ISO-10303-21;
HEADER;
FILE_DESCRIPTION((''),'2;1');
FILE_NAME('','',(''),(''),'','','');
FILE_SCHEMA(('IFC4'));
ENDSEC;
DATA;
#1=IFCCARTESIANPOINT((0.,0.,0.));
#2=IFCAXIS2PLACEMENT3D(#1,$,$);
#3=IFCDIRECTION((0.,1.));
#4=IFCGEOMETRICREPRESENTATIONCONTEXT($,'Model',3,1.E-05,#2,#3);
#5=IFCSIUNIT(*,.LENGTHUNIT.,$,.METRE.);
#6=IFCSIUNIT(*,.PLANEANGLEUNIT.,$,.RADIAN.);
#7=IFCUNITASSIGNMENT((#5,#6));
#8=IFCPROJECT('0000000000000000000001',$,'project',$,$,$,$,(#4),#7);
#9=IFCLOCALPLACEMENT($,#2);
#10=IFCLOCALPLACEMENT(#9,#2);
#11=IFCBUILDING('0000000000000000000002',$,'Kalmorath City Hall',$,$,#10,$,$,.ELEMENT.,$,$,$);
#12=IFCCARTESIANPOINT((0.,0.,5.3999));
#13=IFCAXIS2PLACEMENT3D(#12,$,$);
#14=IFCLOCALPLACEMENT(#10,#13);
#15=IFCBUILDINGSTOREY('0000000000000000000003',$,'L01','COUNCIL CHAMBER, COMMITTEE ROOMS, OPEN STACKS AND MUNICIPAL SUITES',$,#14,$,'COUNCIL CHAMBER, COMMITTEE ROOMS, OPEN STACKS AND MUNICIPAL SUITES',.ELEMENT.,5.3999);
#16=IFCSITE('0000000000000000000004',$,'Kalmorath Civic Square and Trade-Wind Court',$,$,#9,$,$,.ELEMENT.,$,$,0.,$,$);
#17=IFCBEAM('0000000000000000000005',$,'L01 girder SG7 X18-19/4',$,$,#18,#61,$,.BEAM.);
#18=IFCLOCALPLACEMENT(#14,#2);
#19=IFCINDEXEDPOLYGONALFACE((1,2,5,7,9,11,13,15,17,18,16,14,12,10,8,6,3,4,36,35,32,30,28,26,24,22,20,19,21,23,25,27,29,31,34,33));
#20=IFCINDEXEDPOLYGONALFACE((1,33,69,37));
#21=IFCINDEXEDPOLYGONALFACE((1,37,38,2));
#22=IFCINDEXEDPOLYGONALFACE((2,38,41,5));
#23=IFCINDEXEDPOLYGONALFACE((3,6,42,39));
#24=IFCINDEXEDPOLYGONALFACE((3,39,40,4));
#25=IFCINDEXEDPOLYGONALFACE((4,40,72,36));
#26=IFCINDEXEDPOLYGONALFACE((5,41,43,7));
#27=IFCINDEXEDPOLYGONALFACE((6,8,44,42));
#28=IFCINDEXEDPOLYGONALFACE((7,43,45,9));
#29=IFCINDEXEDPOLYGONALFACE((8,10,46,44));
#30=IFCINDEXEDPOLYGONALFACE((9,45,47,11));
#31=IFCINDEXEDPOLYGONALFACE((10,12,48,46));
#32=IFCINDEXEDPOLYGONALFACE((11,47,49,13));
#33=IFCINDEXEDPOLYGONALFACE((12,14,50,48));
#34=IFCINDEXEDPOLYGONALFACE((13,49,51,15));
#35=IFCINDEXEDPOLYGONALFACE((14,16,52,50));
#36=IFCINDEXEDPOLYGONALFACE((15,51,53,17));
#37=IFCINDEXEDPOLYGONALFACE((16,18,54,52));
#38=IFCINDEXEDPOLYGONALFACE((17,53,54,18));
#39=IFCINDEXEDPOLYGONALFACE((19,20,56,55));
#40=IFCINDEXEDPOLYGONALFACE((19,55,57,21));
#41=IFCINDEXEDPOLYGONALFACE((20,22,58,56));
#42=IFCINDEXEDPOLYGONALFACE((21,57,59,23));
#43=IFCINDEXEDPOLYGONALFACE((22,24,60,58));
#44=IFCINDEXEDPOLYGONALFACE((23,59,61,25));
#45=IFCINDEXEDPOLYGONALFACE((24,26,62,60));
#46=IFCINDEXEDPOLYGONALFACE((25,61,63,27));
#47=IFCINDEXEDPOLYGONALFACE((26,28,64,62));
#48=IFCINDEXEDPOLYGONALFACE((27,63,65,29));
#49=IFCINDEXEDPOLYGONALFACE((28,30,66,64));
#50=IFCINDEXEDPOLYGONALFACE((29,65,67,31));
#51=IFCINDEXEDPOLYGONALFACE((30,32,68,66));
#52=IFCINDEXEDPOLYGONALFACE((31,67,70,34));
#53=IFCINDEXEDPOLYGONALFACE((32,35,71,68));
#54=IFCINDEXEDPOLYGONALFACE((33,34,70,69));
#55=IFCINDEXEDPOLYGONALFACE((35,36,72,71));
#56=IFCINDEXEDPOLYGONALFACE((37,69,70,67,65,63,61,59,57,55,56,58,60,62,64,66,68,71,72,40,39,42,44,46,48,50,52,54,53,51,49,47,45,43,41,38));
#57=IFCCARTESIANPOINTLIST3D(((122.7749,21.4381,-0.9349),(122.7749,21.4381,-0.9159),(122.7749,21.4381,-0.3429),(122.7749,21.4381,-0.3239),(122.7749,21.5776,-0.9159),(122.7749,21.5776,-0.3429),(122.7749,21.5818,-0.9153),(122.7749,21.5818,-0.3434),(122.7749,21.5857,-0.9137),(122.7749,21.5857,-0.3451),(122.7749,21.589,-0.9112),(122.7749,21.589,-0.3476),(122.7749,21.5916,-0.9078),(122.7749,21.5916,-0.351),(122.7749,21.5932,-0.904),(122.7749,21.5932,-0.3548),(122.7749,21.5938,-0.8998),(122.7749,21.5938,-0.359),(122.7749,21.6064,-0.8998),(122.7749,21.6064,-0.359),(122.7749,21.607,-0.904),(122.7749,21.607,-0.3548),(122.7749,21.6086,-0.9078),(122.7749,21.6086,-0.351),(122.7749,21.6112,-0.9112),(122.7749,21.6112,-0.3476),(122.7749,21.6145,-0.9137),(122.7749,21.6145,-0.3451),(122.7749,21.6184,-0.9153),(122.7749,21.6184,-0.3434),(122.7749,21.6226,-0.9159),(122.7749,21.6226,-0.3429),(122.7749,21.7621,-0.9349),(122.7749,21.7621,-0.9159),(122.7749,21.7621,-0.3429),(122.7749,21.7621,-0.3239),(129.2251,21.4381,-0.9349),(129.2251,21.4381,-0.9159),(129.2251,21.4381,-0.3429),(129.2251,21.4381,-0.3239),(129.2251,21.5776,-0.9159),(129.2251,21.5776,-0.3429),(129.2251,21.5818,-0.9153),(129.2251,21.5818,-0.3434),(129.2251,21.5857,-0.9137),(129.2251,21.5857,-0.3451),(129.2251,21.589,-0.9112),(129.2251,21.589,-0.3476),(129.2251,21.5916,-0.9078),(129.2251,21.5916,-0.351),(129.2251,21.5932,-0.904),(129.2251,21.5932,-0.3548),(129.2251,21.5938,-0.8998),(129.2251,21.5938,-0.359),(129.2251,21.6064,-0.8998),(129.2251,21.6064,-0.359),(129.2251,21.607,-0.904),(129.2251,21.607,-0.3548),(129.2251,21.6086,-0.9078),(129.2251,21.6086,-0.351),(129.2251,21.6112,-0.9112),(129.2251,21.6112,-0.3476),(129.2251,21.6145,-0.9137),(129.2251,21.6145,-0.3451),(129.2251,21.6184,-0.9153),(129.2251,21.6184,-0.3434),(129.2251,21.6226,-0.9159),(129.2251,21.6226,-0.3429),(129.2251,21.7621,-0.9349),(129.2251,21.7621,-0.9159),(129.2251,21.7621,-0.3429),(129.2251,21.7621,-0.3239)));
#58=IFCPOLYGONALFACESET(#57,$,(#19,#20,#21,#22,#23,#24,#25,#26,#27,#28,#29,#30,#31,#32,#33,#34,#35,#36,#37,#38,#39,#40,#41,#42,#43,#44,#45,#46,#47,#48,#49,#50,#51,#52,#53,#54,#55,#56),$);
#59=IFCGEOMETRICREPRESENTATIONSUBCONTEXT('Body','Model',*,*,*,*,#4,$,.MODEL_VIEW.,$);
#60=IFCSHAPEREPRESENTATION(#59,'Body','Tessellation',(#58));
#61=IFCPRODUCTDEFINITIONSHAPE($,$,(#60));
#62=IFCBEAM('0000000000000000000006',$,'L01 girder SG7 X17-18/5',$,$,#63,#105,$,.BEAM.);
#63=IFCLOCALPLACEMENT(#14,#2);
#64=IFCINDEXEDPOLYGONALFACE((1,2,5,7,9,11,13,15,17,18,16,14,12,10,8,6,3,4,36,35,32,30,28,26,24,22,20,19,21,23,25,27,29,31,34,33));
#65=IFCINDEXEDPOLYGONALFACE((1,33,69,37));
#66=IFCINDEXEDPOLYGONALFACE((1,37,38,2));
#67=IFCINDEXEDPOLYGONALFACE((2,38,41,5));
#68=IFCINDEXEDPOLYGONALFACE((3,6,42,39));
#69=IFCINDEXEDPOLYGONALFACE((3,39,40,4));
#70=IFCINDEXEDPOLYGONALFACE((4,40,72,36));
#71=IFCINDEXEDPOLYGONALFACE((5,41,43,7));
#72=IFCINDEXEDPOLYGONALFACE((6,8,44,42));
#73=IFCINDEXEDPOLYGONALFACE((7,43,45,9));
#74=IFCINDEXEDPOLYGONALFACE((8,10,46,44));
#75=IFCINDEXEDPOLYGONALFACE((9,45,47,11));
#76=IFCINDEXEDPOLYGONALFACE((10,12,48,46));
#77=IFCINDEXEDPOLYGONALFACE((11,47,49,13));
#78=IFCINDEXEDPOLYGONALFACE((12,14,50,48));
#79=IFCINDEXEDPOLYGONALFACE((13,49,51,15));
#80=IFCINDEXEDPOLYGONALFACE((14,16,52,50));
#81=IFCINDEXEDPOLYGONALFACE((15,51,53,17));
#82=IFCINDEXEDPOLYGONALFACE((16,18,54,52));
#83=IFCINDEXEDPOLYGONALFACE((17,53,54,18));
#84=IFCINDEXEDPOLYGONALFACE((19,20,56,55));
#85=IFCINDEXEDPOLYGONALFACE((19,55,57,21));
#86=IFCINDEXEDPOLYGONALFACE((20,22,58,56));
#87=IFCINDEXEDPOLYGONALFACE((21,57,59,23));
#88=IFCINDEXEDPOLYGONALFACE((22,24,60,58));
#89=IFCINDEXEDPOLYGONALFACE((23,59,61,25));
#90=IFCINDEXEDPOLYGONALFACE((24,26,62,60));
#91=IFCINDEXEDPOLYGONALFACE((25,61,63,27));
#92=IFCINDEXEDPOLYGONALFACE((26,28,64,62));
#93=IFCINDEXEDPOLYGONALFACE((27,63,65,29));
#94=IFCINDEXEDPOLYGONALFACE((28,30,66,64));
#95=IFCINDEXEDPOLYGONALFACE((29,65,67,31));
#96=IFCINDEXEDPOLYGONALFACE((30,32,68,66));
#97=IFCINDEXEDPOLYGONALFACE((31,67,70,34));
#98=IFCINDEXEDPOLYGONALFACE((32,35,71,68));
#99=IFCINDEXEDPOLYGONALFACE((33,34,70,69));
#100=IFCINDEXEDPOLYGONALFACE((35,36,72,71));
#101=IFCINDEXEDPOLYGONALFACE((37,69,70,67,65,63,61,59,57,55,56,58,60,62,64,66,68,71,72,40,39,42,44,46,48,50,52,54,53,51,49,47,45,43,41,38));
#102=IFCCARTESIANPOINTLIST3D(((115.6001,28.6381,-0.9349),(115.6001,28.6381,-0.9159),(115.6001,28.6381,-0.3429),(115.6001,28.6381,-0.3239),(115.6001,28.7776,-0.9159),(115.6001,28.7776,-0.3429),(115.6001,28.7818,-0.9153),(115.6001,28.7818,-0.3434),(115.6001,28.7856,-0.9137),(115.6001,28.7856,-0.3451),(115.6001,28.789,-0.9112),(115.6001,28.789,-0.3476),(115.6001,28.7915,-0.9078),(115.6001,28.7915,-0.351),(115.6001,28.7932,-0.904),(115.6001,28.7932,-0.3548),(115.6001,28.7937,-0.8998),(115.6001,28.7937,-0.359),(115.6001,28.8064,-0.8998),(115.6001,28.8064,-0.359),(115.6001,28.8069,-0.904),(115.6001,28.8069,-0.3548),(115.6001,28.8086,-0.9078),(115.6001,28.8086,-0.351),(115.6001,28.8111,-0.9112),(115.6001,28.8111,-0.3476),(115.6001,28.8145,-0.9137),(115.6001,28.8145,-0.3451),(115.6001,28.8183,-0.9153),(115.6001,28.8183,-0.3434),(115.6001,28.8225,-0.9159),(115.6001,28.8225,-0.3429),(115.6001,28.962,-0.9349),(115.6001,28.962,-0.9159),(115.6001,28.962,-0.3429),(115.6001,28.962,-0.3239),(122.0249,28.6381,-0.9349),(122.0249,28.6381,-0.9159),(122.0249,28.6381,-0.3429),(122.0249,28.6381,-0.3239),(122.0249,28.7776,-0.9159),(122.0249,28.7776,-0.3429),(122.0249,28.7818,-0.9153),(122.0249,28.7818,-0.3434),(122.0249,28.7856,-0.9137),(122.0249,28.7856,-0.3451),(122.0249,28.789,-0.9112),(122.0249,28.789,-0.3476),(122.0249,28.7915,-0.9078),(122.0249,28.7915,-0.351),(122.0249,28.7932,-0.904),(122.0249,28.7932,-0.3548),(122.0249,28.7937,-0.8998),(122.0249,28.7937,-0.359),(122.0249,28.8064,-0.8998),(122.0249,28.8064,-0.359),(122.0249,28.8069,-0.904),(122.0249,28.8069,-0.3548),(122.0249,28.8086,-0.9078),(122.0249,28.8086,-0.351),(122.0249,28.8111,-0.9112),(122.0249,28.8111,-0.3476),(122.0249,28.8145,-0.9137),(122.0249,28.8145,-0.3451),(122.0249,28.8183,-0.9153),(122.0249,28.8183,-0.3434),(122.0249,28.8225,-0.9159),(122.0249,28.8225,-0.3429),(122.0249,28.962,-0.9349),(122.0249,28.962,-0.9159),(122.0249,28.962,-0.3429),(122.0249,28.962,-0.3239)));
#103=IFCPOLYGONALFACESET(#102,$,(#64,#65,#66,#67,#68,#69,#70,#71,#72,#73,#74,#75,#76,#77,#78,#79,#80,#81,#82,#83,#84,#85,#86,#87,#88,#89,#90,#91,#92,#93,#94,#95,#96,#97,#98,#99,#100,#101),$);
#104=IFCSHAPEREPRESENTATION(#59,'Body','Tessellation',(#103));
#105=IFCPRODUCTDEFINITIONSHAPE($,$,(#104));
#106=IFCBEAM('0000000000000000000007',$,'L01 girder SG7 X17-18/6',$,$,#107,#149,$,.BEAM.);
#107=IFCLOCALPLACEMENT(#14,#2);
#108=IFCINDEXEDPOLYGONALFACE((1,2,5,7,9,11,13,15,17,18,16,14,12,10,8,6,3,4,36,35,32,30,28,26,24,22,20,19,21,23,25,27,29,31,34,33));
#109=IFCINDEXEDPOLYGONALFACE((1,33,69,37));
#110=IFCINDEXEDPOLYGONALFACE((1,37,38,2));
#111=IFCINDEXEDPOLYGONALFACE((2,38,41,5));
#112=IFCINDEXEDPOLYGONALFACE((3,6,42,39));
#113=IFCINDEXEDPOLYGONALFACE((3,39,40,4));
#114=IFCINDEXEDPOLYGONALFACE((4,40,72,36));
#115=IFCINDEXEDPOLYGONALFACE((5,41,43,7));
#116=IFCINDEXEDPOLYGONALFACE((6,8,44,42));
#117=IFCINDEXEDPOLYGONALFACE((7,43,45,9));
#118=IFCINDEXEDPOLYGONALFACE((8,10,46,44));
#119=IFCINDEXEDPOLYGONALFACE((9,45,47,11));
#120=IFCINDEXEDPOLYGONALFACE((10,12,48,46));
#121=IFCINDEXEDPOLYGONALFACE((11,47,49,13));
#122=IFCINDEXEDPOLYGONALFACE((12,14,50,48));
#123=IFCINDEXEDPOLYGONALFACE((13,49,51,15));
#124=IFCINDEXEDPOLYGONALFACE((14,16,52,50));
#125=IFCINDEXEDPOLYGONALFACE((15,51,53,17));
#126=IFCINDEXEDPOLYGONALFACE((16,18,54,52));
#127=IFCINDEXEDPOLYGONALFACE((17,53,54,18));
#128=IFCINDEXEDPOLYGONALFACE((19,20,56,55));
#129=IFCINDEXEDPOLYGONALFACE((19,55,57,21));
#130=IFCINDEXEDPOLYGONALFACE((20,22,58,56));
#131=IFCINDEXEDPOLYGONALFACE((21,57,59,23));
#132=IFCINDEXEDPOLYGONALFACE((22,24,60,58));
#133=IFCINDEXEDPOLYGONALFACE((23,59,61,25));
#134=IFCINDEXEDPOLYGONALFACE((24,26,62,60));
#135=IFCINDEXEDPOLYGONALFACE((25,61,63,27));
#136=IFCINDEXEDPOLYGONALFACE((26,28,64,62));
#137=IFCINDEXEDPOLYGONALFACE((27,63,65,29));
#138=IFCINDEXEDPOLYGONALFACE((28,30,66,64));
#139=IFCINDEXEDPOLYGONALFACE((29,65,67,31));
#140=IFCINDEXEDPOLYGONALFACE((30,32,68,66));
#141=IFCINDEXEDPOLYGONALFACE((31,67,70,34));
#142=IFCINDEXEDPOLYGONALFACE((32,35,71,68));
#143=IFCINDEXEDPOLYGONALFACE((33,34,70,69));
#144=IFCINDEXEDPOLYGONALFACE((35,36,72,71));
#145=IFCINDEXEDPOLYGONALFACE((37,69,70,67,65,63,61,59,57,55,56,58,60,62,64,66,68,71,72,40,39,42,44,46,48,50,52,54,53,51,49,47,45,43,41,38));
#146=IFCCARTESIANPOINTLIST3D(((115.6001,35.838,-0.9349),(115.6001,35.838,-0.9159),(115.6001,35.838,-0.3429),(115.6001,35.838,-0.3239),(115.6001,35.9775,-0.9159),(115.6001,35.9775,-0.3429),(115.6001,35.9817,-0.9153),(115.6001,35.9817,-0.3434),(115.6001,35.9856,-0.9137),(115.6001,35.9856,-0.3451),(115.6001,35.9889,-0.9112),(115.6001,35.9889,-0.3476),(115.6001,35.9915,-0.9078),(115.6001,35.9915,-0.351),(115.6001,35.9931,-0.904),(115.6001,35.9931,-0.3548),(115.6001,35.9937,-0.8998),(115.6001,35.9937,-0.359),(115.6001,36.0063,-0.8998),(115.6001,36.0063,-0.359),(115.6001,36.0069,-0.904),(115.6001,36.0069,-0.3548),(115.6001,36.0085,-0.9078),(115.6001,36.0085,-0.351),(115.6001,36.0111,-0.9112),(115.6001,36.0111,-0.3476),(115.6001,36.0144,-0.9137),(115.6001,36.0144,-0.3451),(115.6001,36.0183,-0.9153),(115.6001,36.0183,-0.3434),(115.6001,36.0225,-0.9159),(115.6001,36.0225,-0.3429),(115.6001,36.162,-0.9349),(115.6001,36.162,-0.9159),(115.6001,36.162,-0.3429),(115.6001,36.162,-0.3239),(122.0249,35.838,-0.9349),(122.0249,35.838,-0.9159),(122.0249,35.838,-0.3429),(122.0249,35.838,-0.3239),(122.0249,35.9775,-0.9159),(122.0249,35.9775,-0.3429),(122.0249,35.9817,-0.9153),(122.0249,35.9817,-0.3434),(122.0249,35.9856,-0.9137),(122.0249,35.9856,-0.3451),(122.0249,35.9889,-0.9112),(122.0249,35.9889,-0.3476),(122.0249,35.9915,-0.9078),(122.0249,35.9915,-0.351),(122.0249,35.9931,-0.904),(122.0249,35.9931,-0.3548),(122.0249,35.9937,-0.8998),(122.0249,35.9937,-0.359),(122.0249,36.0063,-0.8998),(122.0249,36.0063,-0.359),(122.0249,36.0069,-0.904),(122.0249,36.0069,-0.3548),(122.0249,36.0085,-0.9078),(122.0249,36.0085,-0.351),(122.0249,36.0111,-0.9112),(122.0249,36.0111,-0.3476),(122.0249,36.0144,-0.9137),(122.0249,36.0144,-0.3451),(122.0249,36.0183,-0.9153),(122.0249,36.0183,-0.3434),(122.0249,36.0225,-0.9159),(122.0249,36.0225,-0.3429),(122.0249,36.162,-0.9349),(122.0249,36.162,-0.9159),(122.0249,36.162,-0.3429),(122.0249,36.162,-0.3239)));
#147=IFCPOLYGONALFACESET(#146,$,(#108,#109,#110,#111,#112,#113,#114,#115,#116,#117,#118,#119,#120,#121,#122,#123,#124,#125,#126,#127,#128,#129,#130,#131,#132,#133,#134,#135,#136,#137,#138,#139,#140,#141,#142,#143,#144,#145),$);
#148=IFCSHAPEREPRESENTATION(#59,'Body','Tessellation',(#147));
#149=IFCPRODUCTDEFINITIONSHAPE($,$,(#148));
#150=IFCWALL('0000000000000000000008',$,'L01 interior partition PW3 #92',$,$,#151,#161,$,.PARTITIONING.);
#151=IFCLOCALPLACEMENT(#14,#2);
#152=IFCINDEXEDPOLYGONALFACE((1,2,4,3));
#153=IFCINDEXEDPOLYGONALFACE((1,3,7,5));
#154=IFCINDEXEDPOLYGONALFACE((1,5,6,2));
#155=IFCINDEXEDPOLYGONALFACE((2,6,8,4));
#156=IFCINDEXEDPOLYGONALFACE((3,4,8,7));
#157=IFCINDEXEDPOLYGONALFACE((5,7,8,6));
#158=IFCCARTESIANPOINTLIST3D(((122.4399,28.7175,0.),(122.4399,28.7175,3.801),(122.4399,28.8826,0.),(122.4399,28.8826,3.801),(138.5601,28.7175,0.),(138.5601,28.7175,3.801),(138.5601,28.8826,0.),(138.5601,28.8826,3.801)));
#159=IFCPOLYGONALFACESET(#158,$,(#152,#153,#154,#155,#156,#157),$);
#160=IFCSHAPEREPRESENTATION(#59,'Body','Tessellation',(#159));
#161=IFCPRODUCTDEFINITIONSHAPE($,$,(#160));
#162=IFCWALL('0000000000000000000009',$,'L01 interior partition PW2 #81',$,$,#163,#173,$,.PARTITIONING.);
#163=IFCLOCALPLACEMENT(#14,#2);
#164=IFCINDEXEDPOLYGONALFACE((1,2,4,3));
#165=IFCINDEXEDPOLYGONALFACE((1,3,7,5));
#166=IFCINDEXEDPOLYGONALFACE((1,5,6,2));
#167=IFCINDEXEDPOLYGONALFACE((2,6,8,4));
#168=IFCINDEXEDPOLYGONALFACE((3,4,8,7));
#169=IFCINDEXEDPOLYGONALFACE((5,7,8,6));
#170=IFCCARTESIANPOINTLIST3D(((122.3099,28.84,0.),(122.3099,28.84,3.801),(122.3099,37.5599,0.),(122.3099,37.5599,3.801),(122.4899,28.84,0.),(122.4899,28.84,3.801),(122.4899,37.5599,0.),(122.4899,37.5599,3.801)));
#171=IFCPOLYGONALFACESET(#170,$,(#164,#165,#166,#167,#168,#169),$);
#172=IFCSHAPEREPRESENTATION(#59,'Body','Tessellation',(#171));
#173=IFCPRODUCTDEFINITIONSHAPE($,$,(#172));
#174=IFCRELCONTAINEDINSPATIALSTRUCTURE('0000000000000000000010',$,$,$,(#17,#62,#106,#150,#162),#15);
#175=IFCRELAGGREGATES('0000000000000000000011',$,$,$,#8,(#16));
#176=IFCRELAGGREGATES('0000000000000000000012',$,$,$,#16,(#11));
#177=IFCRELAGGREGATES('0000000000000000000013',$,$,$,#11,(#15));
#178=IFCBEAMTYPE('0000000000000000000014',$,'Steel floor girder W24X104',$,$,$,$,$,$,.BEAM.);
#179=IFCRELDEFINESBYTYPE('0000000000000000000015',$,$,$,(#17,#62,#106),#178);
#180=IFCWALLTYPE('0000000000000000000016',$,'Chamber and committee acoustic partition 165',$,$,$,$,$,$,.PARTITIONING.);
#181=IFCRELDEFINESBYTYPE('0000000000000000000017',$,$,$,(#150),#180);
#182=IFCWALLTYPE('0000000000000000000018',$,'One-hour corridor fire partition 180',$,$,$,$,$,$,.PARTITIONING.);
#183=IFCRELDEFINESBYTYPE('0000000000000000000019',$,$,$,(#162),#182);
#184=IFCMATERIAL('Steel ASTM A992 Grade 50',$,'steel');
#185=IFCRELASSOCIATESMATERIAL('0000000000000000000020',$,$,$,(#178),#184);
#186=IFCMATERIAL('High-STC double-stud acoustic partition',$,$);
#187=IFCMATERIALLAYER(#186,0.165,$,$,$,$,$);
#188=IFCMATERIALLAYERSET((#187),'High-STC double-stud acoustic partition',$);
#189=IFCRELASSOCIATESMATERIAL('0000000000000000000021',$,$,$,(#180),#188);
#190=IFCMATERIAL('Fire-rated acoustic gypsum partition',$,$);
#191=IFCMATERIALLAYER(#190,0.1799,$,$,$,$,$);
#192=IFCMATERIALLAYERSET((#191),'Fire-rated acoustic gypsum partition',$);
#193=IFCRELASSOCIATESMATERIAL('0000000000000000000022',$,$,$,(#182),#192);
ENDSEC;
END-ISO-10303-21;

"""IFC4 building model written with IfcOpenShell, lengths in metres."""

from ifc_helpers import new_model, si_unit, direction, frame, frame_2d, origin, origin_2d, place, context, subcontext, project, spatial, rectangle, i_section, extrude, material, layer, layer_set, material_profile, profile_set, type_object, element, save


model = new_model("IFC4")

# Units and contexts
model_context = context("Model", 3, precision=1e-05, world=origin(), true_north=direction((0.0, 1.0)))
body_context = subcontext(model_context, "Body", "Model", "MODEL_VIEW")
ifc_project = project(units=[si_unit("LENGTHUNIT", "METRE"), si_unit("PLANEANGLEUNIT", "RADIAN")], contexts=[model_context])

# Site, building, storey
site_placement = place(None, origin())
site = spatial("IfcSite", under=ifc_project, at=site_placement, Name="Kalmorath Civic Square and Trade-Wind Court", CompositionType="ELEMENT", RefElevation=0.0)
building_placement = place(site_placement, origin())
building = spatial("IfcBuilding", under=site, at=building_placement, Name="Kalmorath City Hall", CompositionType="ELEMENT")
storey_placement = place(building_placement, frame((0.0, 0.0, 5.3999)))
storey = spatial("IfcBuildingStorey", under=building, at=storey_placement, Name="L01", Description="COUNCIL CHAMBER, COMMITTEE ROOMS, OPEN STACKS AND MUNICIPAL SUITES", LongName="COUNCIL CHAMBER, COMMITTEE ROOMS, OPEN STACKS AND MUNICIPAL SUITES", CompositionType="ELEMENT", Elevation=5.3999)

# Beams
ifc_material_1 = material(Name="Steel ASTM A992 Grade 50", Category="steel")
ifc_material_profile_1 = material_profile(ifc_material_1, i_section(OverallWidth=0.324, OverallDepth=0.6111, WebThickness=0.0127, FlangeThickness=0.019, FilletRadius=0.0161, at=origin_2d()), Name="W24X104")
ifc_profile_set_1 = profile_set([ifc_material_profile_1], Name="Steel ASTM A992 Grade 50")
beam_type_1 = type_object("IfcBeamType", Name="Steel floor girder W24X104", PredefinedType="BEAM", material=ifc_profile_set_1)
beam_1_placement = place(storey_placement, frame((122.7749, 21.6001, -0.6294), z_axis=(1.0, 0.0, 0.0), x_axis=(0.0, 1.0, 0.0)))
element("IfcBeam", 1, at=beam_1_placement, inside=storey, type_object=beam_type_1, Name="L01 girder SG7 X18-19/4", PredefinedType="BEAM", context=body_context, shape_type="SweptSolid", body=[
    extrude(i_section(OverallWidth=0.324, OverallDepth=0.6111, WebThickness=0.0127, FlangeThickness=0.019, FilletRadius=0.0161, at=origin_2d()), origin(), (0.0, 0.0, 1.0), 6.4502),
])
for number, where, z_axis, x_axis, name in (
    (2, (115.6001, 28.8, -0.6294), (1.0, 0.0, 0.0), (0.0, 1.0, 0.0), "L01 girder SG7 X17-18/5"),
    (3, (115.6001, 36.0, -0.6294), (1.0, 0.0, 0.0), (0.0, 1.0, 0.0), "L01 girder SG7 X17-18/6"),
):
    element("IfcBeam", number, at=place(storey_placement, frame(where, z_axis=z_axis, x_axis=x_axis)), inside=storey, type_object=beam_type_1, Name=name, PredefinedType="BEAM", context=body_context, shape_type="SweptSolid", body=[
        extrude(i_section(OverallWidth=0.324, OverallDepth=0.6111, WebThickness=0.0127, FlangeThickness=0.019, FilletRadius=0.0161, at=origin_2d()), origin(), (0.0, 0.0, 1.0), 6.4248),
    ])

# Walls
ifc_material_2 = material(Name="High-STC double-stud acoustic partition")
ifc_layer_1 = layer(ifc_material_2, 0.165)
ifc_layer_set_1 = layer_set([ifc_layer_1], Name="High-STC double-stud acoustic partition")
wall_type_1 = type_object("IfcWallType", Name="Chamber and committee acoustic partition 165", PredefinedType="PARTITIONING", material=ifc_layer_set_1)
wall_1_placement = place(storey_placement, frame((122.4399, 28.8, 0.0), z_axis=(0.0, 0.0, 1.0), x_axis=(1.0, 0.0, 0.0)))
element("IfcWall", 4, at=wall_1_placement, inside=storey, type_object=wall_type_1, Name="L01 interior partition PW3 #92", PredefinedType="PARTITIONING", context=body_context, shape_type="SweptSolid", body=[
    extrude(rectangle(XDim=16.1201, YDim=0.165, at=frame_2d((8.0601, 0.0))), origin(), (0.0, 0.0, 1.0), 3.801),
])
ifc_material_3 = material(Name="Fire-rated acoustic gypsum partition")
ifc_layer_2 = layer(ifc_material_3, 0.1799)
ifc_layer_set_2 = layer_set([ifc_layer_2], Name="Fire-rated acoustic gypsum partition")
wall_type_2 = type_object("IfcWallType", Name="One-hour corridor fire partition 180", PredefinedType="PARTITIONING", material=ifc_layer_set_2)
wall_2_placement = place(storey_placement, frame((122.3999, 28.8401, 0.0), z_axis=(0.0, 0.0, 1.0), x_axis=(0.0, 1.0, 0.0)))
element("IfcWall", 5, at=wall_2_placement, inside=storey, type_object=wall_type_2, Name="L01 interior partition PW2 #81", PredefinedType="PARTITIONING", context=body_context, shape_type="SweptSolid", body=[
    extrude(rectangle(XDim=8.72, YDim=0.1799, at=frame_2d((4.3599, 0.0))), origin(), (0.0, 0.0, 1.0), 3.801),
])

save(model, "model.ifc")
